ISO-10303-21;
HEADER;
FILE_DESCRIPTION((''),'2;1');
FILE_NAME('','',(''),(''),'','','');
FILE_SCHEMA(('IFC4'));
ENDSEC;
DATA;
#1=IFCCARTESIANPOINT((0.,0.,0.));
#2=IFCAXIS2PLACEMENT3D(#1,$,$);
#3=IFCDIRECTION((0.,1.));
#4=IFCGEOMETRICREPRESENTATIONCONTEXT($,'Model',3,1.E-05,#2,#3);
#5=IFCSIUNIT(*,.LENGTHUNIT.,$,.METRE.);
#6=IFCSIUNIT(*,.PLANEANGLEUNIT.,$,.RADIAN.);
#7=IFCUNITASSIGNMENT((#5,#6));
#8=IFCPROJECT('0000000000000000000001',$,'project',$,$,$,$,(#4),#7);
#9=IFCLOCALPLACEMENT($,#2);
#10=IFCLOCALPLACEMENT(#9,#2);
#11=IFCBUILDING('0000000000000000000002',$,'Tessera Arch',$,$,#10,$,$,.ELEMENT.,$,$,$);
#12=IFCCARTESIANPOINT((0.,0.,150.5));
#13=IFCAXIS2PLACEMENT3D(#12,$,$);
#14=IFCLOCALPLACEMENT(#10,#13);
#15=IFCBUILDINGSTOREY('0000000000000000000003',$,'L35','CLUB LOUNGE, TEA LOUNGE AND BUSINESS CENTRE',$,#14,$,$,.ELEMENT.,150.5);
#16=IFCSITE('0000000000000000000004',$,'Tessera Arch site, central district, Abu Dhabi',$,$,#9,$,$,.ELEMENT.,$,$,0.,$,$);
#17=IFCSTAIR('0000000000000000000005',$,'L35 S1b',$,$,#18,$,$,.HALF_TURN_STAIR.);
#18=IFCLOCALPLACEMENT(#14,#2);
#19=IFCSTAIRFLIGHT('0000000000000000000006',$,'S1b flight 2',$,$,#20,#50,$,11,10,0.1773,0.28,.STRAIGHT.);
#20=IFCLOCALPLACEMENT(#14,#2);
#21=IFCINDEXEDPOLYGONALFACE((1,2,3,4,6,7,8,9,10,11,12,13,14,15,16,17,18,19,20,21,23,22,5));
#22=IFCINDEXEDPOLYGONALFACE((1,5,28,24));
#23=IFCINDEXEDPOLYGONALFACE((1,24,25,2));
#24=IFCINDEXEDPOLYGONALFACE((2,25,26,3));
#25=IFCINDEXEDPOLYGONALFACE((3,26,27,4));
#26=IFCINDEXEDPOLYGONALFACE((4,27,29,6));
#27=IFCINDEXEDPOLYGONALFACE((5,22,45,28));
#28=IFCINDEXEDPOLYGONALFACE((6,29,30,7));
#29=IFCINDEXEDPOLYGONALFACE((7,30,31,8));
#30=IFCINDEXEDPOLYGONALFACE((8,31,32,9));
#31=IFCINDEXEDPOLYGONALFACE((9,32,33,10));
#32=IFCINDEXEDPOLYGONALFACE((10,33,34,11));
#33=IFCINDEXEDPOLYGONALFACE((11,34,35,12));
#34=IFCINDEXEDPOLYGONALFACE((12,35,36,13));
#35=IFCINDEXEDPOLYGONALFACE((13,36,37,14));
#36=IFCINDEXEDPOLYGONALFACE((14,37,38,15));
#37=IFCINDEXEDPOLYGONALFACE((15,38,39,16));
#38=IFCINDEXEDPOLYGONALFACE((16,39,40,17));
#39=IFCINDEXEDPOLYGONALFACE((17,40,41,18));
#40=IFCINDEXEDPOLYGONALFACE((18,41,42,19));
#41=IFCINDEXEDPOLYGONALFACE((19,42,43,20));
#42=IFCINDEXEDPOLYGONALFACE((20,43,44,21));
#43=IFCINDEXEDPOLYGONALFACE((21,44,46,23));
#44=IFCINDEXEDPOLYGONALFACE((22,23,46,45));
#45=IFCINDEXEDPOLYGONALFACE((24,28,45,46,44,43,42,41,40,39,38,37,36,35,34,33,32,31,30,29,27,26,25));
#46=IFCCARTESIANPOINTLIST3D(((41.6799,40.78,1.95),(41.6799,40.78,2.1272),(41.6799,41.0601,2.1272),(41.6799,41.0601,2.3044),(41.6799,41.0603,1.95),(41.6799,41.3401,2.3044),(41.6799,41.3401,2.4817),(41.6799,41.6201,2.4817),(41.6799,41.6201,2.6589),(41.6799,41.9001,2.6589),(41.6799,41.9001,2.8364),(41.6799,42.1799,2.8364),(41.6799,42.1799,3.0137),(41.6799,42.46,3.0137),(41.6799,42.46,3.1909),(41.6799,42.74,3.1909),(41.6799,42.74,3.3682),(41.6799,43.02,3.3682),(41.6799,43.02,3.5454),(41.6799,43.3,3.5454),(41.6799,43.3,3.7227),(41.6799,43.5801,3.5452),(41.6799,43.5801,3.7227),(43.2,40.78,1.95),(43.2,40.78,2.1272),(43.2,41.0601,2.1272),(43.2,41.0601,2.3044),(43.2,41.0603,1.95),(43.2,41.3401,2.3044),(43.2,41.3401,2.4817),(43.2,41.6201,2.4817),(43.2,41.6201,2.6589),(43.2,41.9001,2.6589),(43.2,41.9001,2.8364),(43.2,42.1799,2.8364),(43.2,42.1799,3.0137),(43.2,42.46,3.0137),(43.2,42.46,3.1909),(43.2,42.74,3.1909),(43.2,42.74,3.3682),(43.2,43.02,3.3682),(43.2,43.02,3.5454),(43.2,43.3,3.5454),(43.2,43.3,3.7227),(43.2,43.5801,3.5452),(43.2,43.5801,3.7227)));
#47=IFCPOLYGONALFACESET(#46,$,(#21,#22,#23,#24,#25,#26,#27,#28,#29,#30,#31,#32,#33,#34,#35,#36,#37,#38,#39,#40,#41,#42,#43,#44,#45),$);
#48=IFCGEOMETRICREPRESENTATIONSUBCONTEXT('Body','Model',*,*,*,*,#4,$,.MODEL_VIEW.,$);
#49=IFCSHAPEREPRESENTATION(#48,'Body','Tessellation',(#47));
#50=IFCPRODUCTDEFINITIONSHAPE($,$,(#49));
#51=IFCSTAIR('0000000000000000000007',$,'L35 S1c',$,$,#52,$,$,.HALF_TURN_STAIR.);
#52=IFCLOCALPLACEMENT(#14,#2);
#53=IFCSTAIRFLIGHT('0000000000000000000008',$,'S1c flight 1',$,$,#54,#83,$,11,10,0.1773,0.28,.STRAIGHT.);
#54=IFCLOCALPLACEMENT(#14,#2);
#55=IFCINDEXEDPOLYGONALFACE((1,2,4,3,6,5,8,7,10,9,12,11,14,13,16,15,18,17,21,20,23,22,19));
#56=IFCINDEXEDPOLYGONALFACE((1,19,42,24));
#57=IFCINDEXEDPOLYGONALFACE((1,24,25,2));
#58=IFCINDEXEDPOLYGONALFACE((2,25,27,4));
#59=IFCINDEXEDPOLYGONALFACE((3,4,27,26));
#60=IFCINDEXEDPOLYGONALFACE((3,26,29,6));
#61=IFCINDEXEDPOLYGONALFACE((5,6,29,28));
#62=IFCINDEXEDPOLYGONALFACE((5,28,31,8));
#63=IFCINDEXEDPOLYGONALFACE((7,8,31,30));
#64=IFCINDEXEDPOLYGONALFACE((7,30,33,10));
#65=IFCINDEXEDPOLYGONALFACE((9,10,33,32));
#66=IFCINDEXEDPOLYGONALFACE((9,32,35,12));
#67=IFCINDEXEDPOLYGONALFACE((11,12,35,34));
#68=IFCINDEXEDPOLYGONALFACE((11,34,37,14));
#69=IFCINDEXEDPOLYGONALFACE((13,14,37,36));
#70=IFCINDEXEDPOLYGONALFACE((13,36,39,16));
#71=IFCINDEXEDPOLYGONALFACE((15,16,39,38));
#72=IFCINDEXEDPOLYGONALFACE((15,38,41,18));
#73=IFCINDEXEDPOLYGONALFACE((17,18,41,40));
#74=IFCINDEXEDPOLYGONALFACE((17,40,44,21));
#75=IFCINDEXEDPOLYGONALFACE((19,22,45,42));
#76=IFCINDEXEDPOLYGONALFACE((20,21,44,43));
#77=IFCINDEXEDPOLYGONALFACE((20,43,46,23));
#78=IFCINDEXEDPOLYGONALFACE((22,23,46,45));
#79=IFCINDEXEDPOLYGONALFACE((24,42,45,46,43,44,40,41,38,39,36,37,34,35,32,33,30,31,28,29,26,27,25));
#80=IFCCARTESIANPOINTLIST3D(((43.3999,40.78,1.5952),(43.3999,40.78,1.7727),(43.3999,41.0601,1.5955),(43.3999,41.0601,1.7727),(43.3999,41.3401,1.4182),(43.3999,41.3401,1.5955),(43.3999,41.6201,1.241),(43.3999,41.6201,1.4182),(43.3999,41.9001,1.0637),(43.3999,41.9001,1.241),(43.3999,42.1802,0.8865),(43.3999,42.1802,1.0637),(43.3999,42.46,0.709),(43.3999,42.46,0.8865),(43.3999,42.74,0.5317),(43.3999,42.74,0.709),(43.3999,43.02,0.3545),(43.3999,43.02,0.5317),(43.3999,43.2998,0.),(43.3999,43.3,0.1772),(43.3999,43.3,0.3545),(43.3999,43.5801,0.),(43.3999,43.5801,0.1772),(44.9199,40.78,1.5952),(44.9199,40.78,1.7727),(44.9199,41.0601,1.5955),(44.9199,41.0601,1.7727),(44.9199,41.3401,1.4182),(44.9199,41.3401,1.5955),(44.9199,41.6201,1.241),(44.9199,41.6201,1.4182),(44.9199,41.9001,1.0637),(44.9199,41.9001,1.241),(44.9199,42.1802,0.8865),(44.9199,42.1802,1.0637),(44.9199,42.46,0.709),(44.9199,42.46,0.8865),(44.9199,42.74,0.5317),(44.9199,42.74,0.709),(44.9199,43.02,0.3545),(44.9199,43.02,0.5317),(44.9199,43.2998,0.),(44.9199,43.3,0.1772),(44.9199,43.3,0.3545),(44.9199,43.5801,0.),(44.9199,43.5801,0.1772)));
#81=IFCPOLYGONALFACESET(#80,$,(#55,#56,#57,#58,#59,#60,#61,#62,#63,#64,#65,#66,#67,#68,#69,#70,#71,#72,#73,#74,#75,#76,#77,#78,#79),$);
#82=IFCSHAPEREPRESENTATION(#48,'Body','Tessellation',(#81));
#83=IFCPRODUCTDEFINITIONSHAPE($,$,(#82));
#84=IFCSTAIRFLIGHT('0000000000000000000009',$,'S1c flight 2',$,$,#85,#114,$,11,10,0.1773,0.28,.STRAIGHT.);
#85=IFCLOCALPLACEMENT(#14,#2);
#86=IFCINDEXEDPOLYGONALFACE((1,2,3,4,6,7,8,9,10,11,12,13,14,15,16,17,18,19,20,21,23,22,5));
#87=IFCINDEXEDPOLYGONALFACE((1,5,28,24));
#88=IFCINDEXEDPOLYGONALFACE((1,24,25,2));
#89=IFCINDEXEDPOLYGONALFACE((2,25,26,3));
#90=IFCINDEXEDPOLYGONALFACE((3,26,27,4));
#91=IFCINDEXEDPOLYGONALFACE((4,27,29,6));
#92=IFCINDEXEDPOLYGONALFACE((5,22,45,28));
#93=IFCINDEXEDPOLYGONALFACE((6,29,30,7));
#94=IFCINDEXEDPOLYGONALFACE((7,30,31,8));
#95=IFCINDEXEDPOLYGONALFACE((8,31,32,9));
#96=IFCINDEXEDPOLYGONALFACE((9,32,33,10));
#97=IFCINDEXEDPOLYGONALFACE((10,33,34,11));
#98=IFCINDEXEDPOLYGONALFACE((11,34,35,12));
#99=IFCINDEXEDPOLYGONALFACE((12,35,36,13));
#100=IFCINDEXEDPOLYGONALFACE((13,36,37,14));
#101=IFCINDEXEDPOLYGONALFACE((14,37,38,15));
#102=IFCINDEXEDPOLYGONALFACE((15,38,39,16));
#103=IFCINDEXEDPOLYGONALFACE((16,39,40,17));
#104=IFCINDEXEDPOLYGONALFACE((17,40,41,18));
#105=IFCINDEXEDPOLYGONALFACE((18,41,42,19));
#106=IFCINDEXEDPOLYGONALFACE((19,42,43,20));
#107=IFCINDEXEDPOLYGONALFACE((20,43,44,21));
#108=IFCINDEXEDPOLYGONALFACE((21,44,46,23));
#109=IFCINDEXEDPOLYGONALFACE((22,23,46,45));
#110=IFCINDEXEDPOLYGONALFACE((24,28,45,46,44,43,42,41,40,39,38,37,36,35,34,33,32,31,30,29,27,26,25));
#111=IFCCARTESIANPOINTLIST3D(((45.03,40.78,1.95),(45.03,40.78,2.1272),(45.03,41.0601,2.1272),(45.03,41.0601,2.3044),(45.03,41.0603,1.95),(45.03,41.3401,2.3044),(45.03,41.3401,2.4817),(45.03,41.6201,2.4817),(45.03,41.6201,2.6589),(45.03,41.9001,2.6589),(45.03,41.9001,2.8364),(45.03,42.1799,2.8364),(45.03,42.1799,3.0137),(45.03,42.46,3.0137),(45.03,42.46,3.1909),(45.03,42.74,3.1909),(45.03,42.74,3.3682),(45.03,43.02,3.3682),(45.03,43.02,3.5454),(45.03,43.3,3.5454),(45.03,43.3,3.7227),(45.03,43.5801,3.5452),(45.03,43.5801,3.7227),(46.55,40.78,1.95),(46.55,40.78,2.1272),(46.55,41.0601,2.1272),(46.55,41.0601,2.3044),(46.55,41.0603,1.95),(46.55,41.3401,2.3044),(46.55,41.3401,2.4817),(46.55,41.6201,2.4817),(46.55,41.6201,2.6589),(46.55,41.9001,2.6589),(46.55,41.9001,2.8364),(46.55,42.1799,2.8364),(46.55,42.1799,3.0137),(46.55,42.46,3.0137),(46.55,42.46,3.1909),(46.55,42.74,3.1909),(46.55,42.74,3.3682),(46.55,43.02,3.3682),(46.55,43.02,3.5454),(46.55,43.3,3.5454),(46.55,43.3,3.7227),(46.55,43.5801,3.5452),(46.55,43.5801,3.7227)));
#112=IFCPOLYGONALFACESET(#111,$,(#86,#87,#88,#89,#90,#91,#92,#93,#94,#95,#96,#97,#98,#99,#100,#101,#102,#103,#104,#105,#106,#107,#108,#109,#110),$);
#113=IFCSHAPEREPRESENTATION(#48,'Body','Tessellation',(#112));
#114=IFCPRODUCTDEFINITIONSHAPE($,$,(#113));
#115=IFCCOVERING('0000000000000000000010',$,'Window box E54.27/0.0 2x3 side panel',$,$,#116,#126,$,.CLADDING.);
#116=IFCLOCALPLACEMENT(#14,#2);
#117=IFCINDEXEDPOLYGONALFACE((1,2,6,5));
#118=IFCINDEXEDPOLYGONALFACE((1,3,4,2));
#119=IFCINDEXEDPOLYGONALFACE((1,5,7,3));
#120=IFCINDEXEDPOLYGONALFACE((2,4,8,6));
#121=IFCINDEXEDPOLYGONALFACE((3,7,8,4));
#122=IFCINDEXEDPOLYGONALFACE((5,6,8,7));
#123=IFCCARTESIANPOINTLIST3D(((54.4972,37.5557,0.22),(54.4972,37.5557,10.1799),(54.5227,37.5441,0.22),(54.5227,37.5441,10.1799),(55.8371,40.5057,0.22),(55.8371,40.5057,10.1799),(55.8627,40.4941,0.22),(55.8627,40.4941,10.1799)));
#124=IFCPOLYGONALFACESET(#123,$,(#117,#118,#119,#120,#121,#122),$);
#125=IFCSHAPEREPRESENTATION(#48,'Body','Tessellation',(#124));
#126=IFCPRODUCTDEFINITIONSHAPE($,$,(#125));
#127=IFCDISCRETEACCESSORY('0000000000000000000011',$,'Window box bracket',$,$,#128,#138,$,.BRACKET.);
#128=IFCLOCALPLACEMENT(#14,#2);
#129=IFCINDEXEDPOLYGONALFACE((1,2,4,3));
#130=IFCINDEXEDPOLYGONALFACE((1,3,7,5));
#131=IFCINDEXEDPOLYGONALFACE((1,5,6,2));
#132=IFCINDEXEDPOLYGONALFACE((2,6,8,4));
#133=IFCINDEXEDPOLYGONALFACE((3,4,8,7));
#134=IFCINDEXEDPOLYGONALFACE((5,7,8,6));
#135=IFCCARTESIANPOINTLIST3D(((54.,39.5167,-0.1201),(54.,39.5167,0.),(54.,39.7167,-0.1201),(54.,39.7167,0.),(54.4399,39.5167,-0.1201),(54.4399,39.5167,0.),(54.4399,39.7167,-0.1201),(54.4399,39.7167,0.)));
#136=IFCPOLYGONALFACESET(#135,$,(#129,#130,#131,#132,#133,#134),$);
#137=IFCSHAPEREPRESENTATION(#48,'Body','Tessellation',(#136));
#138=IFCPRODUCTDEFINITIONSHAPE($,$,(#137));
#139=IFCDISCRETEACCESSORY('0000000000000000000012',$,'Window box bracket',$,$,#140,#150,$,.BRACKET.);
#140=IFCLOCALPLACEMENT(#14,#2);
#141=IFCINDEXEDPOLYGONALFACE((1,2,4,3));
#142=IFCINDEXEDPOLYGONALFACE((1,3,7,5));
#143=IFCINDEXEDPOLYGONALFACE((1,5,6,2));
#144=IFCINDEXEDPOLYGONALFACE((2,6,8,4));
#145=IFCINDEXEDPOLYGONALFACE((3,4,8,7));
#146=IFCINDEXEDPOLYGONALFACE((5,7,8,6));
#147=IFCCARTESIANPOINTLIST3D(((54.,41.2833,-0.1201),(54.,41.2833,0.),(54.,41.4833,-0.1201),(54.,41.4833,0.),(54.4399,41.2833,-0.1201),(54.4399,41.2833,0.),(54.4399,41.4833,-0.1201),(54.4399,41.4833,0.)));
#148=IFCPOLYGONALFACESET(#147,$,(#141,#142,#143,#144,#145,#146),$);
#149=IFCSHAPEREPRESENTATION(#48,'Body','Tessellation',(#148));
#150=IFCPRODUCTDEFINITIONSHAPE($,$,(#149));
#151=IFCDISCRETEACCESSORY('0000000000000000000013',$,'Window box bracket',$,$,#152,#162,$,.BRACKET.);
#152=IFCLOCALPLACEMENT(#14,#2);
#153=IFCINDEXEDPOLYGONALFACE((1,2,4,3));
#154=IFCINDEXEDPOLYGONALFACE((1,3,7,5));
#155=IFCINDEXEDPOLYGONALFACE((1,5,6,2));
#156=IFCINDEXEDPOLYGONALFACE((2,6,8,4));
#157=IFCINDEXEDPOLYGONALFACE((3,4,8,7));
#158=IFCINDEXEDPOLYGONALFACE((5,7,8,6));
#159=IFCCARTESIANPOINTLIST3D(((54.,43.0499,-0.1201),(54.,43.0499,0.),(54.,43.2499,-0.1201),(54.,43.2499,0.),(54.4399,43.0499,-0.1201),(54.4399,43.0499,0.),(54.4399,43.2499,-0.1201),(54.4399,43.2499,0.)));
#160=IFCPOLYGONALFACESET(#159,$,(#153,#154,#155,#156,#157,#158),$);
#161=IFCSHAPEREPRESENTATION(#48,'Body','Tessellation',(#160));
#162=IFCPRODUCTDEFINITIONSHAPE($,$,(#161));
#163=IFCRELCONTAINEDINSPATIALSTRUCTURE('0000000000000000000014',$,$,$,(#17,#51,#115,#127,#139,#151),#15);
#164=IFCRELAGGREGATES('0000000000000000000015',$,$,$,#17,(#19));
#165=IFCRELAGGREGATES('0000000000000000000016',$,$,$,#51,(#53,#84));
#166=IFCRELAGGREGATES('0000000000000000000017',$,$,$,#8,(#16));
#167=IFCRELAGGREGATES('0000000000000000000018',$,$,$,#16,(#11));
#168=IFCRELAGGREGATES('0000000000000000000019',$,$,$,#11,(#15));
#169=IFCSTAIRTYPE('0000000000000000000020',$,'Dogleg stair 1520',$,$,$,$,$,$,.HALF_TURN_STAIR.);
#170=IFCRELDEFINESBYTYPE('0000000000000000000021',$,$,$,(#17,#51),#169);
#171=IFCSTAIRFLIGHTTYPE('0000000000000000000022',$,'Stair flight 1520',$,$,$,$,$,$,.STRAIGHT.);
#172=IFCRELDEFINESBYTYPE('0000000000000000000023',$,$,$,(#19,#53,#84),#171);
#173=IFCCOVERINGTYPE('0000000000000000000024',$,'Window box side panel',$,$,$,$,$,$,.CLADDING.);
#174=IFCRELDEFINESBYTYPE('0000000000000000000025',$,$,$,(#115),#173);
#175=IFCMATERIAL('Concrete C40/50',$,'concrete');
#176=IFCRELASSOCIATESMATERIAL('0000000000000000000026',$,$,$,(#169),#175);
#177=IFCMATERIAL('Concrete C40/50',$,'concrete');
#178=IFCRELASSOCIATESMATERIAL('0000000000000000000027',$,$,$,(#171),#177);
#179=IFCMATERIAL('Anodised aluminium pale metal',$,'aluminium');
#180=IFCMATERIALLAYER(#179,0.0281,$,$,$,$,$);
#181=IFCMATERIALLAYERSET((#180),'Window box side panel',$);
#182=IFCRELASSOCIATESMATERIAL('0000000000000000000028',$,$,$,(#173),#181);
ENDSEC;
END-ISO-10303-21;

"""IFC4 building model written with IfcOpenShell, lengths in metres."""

from ifc_helpers import new_model, si_unit, direction, frame, origin, origin_2d, place, context, subcontext, project, spatial, polyline, rectangle, outline, extrude, material, layer, layer_set, type_object, element, aggregate, save


model = new_model("IFC4")

# Units and contexts
model_context = context("Model", 3, precision=1e-05, world=origin(), true_north=direction((0.0, 1.0)))
body_context = subcontext(model_context, "Body", "Model", "MODEL_VIEW")
ifc_project = project(units=[si_unit("LENGTHUNIT", "METRE"), si_unit("PLANEANGLEUNIT", "RADIAN")], contexts=[model_context])

# Site, building, storey
site_placement = place(None, origin())
site = spatial("IfcSite", under=ifc_project, at=site_placement, Name="Tessera Arch site, central district, Abu Dhabi", CompositionType="ELEMENT", RefElevation=0.0)
building_placement = place(site_placement, origin())
building = spatial("IfcBuilding", under=site, at=building_placement, Name="Tessera Arch", CompositionType="ELEMENT")
storey_placement = place(building_placement, frame((0.0, 0.0, 150.5)))
storey = spatial("IfcBuildingStorey", under=building, at=storey_placement, Name="L35", Description="CLUB LOUNGE, TEA LOUNGE AND BUSINESS CENTRE", CompositionType="ELEMENT", Elevation=150.5)

# Stairs, stair flights
ifc_material_1 = material(Name="Concrete C40/50", Category="concrete")
stair_type = type_object("IfcStairType", Name="Dogleg stair 1520", PredefinedType="HALF_TURN_STAIR", material=ifc_material_1)
stair_1_placement = place(storey_placement, origin())
stair_1 = element("IfcStair", 1, at=stair_1_placement, inside=storey, type_object=stair_type, Name="L35 S1b", PredefinedType="HALF_TURN_STAIR")
ifc_material_2 = material(Name="Concrete C40/50", Category="concrete")
stair_flight_type = type_object("IfcStairFlightType", Name="Stair flight 1520", PredefinedType="STRAIGHT", material=ifc_material_2)
stair_flight_1_placement = place(storey_placement, frame((42.4399, 40.78, 1.95), z_axis=(0.0, 0.0, 1.0), x_axis=(0.0, 1.0, 0.0)))
stair_flight_1 = element("IfcStairFlight", 2, at=stair_flight_1_placement, type_object=stair_flight_type, Name="S1b flight 2", NumberOfRisers=11, NumberOfTreads=10, PredefinedType="STRAIGHT", RiserHeight=0.1773, TreadLength=0.28, context=body_context, shape_type="SweptSolid", body=[
    extrude(outline(polyline([(0.0, 0.0), (0.0, 0.1772), (0.28, 0.1772), (0.28, 0.3545), (0.5601, 0.3545), (0.5601, 0.5317), (0.8401, 0.5317), (0.8401, 0.709), (1.1201, 0.709), (1.1201, 0.8865), (1.3999, 0.8865), (1.3999, 1.0637), (1.6799, 1.0637), (1.6799, 1.241), (1.96, 1.241), (1.96, 1.4182), (2.24, 1.4182), (2.24, 1.5955), (2.52, 1.5955), (2.52, 1.7727), (2.8, 1.7727), (2.8, 1.95), (2.8, 1.5952), (0.2803, 0.0), (0.0, 0.0)])), frame((0.0, 0.76, 0.0), z_axis=(0.0, -1.0, 0.0), x_axis=(1.0, 0.0, 0.0)), (0.0, 0.0, 1.0), 1.52),
])
aggregate(stair_1, [stair_flight_1])
stair_2_placement = place(storey_placement, origin())
stair_2 = element("IfcStair", 3, at=stair_2_placement, inside=storey, type_object=stair_type, Name="L35 S1c", PredefinedType="HALF_TURN_STAIR")
stair_flight_2_placement = place(storey_placement, frame((44.1599, 43.5801, 0.0), z_axis=(0.0, 0.0, 1.0), x_axis=(0.0, -1.0, 0.0)))
stair_flight_2 = element("IfcStairFlight", 4, at=stair_flight_2_placement, type_object=stair_flight_type, Name="S1c flight 1", NumberOfRisers=11, NumberOfTreads=10, PredefinedType="STRAIGHT", RiserHeight=0.1773, TreadLength=0.28, context=body_context, shape_type="SweptSolid", body=[
    extrude(outline(polyline([(0.0, 0.0), (0.0, 0.1772), (0.28, 0.1772), (0.28, 0.3545), (0.5601, 0.3545), (0.5601, 0.5317), (0.8401, 0.5317), (0.8401, 0.709), (1.1201, 0.709), (1.1201, 0.8865), (1.3999, 0.8865), (1.3999, 1.0637), (1.6799, 1.0637), (1.6799, 1.241), (1.96, 1.241), (1.96, 1.4182), (2.24, 1.4182), (2.24, 1.5955), (2.52, 1.5955), (2.52, 1.7727), (2.8, 1.7727), (2.8, 1.95), (2.8, 1.5952), (0.2803, 0.0), (0.0, 0.0)])), frame((0.0, 0.76, 0.0), z_axis=(0.0, -1.0, 0.0), x_axis=(1.0, 0.0, 0.0)), (0.0, 0.0, 1.0), 1.52),
])
stair_flight_3_placement = place(storey_placement, frame((45.79, 40.78, 1.95), z_axis=(0.0, 0.0, 1.0), x_axis=(0.0, 1.0, 0.0)))
stair_flight_3 = element("IfcStairFlight", 5, at=stair_flight_3_placement, type_object=stair_flight_type, Name="S1c flight 2", NumberOfRisers=11, NumberOfTreads=10, PredefinedType="STRAIGHT", RiserHeight=0.1773, TreadLength=0.28, context=body_context, shape_type="SweptSolid", body=[
    extrude(outline(polyline([(0.0, 0.0), (0.0, 0.1772), (0.28, 0.1772), (0.28, 0.3545), (0.5601, 0.3545), (0.5601, 0.5317), (0.8401, 0.5317), (0.8401, 0.709), (1.1201, 0.709), (1.1201, 0.8865), (1.3999, 0.8865), (1.3999, 1.0637), (1.6799, 1.0637), (1.6799, 1.241), (1.96, 1.241), (1.96, 1.4182), (2.24, 1.4182), (2.24, 1.5955), (2.52, 1.5955), (2.52, 1.7727), (2.8, 1.7727), (2.8, 1.95), (2.8, 1.5952), (0.2803, 0.0), (0.0, 0.0)])), frame((0.0, 0.76, 0.0), z_axis=(0.0, -1.0, 0.0), x_axis=(1.0, 0.0, 0.0)), (0.0, 0.0, 1.0), 1.52),
])
aggregate(stair_2, [stair_flight_2, stair_flight_3])

# Covering
ifc_material_3 = material(Name="Anodised aluminium pale metal", Category="aluminium")
ifc_layer_1 = layer(ifc_material_3, 0.0281)
ifc_layer_set_1 = layer_set([ifc_layer_1], Name="Window box side panel")
covering_type = type_object("IfcCoveringType", Name="Window box side panel", PredefinedType="CLADDING", material=ifc_layer_set_1)
covering_placement = place(storey_placement, frame((55.1799, 39.0249, 0.22), z_axis=(0.0, 0.0, 1.0), x_axis=(0.41357, 0.910472, 0.0)))
element("IfcCovering", 6, at=covering_placement, inside=storey, type_object=covering_type, Name="Window box E54.27/0.0 2x3 side panel", PredefinedType="CLADDING", context=body_context, shape_type="SweptSolid", body=[
    extrude(rectangle(XDim=3.24, YDim=0.0281, at=origin_2d()), origin(), (0.0, 0.0, 1.0), 9.96),
])

# Discrete accessories
for number, where, z_axis, x_axis, name in (
    (7, (54.22, 39.6167, -0.1201), (0.0, 0.0, 1.0), (1.0, 0.0, 0.0), "Window box bracket"),
    (8, (54.22, 41.3833, -0.1201), (0.0, 0.0, 1.0), (1.0, 0.0, 0.0), "Window box bracket"),
    (9, (54.22, 43.1499, -0.1201), (0.0, 0.0, 1.0), (1.0, 0.0, 0.0), "Window box bracket"),
):
    element("IfcDiscreteAccessory", number, at=place(storey_placement, frame(where, z_axis=z_axis, x_axis=x_axis)), inside=storey, Name=name, PredefinedType="BRACKET", context=body_context, shape_type="SweptSolid", body=[
        extrude(rectangle(XDim=0.4399, YDim=0.2, at=origin_2d()), origin(), (0.0, 0.0, 1.0), 0.1201),
    ])

save(model, "model.ifc")
